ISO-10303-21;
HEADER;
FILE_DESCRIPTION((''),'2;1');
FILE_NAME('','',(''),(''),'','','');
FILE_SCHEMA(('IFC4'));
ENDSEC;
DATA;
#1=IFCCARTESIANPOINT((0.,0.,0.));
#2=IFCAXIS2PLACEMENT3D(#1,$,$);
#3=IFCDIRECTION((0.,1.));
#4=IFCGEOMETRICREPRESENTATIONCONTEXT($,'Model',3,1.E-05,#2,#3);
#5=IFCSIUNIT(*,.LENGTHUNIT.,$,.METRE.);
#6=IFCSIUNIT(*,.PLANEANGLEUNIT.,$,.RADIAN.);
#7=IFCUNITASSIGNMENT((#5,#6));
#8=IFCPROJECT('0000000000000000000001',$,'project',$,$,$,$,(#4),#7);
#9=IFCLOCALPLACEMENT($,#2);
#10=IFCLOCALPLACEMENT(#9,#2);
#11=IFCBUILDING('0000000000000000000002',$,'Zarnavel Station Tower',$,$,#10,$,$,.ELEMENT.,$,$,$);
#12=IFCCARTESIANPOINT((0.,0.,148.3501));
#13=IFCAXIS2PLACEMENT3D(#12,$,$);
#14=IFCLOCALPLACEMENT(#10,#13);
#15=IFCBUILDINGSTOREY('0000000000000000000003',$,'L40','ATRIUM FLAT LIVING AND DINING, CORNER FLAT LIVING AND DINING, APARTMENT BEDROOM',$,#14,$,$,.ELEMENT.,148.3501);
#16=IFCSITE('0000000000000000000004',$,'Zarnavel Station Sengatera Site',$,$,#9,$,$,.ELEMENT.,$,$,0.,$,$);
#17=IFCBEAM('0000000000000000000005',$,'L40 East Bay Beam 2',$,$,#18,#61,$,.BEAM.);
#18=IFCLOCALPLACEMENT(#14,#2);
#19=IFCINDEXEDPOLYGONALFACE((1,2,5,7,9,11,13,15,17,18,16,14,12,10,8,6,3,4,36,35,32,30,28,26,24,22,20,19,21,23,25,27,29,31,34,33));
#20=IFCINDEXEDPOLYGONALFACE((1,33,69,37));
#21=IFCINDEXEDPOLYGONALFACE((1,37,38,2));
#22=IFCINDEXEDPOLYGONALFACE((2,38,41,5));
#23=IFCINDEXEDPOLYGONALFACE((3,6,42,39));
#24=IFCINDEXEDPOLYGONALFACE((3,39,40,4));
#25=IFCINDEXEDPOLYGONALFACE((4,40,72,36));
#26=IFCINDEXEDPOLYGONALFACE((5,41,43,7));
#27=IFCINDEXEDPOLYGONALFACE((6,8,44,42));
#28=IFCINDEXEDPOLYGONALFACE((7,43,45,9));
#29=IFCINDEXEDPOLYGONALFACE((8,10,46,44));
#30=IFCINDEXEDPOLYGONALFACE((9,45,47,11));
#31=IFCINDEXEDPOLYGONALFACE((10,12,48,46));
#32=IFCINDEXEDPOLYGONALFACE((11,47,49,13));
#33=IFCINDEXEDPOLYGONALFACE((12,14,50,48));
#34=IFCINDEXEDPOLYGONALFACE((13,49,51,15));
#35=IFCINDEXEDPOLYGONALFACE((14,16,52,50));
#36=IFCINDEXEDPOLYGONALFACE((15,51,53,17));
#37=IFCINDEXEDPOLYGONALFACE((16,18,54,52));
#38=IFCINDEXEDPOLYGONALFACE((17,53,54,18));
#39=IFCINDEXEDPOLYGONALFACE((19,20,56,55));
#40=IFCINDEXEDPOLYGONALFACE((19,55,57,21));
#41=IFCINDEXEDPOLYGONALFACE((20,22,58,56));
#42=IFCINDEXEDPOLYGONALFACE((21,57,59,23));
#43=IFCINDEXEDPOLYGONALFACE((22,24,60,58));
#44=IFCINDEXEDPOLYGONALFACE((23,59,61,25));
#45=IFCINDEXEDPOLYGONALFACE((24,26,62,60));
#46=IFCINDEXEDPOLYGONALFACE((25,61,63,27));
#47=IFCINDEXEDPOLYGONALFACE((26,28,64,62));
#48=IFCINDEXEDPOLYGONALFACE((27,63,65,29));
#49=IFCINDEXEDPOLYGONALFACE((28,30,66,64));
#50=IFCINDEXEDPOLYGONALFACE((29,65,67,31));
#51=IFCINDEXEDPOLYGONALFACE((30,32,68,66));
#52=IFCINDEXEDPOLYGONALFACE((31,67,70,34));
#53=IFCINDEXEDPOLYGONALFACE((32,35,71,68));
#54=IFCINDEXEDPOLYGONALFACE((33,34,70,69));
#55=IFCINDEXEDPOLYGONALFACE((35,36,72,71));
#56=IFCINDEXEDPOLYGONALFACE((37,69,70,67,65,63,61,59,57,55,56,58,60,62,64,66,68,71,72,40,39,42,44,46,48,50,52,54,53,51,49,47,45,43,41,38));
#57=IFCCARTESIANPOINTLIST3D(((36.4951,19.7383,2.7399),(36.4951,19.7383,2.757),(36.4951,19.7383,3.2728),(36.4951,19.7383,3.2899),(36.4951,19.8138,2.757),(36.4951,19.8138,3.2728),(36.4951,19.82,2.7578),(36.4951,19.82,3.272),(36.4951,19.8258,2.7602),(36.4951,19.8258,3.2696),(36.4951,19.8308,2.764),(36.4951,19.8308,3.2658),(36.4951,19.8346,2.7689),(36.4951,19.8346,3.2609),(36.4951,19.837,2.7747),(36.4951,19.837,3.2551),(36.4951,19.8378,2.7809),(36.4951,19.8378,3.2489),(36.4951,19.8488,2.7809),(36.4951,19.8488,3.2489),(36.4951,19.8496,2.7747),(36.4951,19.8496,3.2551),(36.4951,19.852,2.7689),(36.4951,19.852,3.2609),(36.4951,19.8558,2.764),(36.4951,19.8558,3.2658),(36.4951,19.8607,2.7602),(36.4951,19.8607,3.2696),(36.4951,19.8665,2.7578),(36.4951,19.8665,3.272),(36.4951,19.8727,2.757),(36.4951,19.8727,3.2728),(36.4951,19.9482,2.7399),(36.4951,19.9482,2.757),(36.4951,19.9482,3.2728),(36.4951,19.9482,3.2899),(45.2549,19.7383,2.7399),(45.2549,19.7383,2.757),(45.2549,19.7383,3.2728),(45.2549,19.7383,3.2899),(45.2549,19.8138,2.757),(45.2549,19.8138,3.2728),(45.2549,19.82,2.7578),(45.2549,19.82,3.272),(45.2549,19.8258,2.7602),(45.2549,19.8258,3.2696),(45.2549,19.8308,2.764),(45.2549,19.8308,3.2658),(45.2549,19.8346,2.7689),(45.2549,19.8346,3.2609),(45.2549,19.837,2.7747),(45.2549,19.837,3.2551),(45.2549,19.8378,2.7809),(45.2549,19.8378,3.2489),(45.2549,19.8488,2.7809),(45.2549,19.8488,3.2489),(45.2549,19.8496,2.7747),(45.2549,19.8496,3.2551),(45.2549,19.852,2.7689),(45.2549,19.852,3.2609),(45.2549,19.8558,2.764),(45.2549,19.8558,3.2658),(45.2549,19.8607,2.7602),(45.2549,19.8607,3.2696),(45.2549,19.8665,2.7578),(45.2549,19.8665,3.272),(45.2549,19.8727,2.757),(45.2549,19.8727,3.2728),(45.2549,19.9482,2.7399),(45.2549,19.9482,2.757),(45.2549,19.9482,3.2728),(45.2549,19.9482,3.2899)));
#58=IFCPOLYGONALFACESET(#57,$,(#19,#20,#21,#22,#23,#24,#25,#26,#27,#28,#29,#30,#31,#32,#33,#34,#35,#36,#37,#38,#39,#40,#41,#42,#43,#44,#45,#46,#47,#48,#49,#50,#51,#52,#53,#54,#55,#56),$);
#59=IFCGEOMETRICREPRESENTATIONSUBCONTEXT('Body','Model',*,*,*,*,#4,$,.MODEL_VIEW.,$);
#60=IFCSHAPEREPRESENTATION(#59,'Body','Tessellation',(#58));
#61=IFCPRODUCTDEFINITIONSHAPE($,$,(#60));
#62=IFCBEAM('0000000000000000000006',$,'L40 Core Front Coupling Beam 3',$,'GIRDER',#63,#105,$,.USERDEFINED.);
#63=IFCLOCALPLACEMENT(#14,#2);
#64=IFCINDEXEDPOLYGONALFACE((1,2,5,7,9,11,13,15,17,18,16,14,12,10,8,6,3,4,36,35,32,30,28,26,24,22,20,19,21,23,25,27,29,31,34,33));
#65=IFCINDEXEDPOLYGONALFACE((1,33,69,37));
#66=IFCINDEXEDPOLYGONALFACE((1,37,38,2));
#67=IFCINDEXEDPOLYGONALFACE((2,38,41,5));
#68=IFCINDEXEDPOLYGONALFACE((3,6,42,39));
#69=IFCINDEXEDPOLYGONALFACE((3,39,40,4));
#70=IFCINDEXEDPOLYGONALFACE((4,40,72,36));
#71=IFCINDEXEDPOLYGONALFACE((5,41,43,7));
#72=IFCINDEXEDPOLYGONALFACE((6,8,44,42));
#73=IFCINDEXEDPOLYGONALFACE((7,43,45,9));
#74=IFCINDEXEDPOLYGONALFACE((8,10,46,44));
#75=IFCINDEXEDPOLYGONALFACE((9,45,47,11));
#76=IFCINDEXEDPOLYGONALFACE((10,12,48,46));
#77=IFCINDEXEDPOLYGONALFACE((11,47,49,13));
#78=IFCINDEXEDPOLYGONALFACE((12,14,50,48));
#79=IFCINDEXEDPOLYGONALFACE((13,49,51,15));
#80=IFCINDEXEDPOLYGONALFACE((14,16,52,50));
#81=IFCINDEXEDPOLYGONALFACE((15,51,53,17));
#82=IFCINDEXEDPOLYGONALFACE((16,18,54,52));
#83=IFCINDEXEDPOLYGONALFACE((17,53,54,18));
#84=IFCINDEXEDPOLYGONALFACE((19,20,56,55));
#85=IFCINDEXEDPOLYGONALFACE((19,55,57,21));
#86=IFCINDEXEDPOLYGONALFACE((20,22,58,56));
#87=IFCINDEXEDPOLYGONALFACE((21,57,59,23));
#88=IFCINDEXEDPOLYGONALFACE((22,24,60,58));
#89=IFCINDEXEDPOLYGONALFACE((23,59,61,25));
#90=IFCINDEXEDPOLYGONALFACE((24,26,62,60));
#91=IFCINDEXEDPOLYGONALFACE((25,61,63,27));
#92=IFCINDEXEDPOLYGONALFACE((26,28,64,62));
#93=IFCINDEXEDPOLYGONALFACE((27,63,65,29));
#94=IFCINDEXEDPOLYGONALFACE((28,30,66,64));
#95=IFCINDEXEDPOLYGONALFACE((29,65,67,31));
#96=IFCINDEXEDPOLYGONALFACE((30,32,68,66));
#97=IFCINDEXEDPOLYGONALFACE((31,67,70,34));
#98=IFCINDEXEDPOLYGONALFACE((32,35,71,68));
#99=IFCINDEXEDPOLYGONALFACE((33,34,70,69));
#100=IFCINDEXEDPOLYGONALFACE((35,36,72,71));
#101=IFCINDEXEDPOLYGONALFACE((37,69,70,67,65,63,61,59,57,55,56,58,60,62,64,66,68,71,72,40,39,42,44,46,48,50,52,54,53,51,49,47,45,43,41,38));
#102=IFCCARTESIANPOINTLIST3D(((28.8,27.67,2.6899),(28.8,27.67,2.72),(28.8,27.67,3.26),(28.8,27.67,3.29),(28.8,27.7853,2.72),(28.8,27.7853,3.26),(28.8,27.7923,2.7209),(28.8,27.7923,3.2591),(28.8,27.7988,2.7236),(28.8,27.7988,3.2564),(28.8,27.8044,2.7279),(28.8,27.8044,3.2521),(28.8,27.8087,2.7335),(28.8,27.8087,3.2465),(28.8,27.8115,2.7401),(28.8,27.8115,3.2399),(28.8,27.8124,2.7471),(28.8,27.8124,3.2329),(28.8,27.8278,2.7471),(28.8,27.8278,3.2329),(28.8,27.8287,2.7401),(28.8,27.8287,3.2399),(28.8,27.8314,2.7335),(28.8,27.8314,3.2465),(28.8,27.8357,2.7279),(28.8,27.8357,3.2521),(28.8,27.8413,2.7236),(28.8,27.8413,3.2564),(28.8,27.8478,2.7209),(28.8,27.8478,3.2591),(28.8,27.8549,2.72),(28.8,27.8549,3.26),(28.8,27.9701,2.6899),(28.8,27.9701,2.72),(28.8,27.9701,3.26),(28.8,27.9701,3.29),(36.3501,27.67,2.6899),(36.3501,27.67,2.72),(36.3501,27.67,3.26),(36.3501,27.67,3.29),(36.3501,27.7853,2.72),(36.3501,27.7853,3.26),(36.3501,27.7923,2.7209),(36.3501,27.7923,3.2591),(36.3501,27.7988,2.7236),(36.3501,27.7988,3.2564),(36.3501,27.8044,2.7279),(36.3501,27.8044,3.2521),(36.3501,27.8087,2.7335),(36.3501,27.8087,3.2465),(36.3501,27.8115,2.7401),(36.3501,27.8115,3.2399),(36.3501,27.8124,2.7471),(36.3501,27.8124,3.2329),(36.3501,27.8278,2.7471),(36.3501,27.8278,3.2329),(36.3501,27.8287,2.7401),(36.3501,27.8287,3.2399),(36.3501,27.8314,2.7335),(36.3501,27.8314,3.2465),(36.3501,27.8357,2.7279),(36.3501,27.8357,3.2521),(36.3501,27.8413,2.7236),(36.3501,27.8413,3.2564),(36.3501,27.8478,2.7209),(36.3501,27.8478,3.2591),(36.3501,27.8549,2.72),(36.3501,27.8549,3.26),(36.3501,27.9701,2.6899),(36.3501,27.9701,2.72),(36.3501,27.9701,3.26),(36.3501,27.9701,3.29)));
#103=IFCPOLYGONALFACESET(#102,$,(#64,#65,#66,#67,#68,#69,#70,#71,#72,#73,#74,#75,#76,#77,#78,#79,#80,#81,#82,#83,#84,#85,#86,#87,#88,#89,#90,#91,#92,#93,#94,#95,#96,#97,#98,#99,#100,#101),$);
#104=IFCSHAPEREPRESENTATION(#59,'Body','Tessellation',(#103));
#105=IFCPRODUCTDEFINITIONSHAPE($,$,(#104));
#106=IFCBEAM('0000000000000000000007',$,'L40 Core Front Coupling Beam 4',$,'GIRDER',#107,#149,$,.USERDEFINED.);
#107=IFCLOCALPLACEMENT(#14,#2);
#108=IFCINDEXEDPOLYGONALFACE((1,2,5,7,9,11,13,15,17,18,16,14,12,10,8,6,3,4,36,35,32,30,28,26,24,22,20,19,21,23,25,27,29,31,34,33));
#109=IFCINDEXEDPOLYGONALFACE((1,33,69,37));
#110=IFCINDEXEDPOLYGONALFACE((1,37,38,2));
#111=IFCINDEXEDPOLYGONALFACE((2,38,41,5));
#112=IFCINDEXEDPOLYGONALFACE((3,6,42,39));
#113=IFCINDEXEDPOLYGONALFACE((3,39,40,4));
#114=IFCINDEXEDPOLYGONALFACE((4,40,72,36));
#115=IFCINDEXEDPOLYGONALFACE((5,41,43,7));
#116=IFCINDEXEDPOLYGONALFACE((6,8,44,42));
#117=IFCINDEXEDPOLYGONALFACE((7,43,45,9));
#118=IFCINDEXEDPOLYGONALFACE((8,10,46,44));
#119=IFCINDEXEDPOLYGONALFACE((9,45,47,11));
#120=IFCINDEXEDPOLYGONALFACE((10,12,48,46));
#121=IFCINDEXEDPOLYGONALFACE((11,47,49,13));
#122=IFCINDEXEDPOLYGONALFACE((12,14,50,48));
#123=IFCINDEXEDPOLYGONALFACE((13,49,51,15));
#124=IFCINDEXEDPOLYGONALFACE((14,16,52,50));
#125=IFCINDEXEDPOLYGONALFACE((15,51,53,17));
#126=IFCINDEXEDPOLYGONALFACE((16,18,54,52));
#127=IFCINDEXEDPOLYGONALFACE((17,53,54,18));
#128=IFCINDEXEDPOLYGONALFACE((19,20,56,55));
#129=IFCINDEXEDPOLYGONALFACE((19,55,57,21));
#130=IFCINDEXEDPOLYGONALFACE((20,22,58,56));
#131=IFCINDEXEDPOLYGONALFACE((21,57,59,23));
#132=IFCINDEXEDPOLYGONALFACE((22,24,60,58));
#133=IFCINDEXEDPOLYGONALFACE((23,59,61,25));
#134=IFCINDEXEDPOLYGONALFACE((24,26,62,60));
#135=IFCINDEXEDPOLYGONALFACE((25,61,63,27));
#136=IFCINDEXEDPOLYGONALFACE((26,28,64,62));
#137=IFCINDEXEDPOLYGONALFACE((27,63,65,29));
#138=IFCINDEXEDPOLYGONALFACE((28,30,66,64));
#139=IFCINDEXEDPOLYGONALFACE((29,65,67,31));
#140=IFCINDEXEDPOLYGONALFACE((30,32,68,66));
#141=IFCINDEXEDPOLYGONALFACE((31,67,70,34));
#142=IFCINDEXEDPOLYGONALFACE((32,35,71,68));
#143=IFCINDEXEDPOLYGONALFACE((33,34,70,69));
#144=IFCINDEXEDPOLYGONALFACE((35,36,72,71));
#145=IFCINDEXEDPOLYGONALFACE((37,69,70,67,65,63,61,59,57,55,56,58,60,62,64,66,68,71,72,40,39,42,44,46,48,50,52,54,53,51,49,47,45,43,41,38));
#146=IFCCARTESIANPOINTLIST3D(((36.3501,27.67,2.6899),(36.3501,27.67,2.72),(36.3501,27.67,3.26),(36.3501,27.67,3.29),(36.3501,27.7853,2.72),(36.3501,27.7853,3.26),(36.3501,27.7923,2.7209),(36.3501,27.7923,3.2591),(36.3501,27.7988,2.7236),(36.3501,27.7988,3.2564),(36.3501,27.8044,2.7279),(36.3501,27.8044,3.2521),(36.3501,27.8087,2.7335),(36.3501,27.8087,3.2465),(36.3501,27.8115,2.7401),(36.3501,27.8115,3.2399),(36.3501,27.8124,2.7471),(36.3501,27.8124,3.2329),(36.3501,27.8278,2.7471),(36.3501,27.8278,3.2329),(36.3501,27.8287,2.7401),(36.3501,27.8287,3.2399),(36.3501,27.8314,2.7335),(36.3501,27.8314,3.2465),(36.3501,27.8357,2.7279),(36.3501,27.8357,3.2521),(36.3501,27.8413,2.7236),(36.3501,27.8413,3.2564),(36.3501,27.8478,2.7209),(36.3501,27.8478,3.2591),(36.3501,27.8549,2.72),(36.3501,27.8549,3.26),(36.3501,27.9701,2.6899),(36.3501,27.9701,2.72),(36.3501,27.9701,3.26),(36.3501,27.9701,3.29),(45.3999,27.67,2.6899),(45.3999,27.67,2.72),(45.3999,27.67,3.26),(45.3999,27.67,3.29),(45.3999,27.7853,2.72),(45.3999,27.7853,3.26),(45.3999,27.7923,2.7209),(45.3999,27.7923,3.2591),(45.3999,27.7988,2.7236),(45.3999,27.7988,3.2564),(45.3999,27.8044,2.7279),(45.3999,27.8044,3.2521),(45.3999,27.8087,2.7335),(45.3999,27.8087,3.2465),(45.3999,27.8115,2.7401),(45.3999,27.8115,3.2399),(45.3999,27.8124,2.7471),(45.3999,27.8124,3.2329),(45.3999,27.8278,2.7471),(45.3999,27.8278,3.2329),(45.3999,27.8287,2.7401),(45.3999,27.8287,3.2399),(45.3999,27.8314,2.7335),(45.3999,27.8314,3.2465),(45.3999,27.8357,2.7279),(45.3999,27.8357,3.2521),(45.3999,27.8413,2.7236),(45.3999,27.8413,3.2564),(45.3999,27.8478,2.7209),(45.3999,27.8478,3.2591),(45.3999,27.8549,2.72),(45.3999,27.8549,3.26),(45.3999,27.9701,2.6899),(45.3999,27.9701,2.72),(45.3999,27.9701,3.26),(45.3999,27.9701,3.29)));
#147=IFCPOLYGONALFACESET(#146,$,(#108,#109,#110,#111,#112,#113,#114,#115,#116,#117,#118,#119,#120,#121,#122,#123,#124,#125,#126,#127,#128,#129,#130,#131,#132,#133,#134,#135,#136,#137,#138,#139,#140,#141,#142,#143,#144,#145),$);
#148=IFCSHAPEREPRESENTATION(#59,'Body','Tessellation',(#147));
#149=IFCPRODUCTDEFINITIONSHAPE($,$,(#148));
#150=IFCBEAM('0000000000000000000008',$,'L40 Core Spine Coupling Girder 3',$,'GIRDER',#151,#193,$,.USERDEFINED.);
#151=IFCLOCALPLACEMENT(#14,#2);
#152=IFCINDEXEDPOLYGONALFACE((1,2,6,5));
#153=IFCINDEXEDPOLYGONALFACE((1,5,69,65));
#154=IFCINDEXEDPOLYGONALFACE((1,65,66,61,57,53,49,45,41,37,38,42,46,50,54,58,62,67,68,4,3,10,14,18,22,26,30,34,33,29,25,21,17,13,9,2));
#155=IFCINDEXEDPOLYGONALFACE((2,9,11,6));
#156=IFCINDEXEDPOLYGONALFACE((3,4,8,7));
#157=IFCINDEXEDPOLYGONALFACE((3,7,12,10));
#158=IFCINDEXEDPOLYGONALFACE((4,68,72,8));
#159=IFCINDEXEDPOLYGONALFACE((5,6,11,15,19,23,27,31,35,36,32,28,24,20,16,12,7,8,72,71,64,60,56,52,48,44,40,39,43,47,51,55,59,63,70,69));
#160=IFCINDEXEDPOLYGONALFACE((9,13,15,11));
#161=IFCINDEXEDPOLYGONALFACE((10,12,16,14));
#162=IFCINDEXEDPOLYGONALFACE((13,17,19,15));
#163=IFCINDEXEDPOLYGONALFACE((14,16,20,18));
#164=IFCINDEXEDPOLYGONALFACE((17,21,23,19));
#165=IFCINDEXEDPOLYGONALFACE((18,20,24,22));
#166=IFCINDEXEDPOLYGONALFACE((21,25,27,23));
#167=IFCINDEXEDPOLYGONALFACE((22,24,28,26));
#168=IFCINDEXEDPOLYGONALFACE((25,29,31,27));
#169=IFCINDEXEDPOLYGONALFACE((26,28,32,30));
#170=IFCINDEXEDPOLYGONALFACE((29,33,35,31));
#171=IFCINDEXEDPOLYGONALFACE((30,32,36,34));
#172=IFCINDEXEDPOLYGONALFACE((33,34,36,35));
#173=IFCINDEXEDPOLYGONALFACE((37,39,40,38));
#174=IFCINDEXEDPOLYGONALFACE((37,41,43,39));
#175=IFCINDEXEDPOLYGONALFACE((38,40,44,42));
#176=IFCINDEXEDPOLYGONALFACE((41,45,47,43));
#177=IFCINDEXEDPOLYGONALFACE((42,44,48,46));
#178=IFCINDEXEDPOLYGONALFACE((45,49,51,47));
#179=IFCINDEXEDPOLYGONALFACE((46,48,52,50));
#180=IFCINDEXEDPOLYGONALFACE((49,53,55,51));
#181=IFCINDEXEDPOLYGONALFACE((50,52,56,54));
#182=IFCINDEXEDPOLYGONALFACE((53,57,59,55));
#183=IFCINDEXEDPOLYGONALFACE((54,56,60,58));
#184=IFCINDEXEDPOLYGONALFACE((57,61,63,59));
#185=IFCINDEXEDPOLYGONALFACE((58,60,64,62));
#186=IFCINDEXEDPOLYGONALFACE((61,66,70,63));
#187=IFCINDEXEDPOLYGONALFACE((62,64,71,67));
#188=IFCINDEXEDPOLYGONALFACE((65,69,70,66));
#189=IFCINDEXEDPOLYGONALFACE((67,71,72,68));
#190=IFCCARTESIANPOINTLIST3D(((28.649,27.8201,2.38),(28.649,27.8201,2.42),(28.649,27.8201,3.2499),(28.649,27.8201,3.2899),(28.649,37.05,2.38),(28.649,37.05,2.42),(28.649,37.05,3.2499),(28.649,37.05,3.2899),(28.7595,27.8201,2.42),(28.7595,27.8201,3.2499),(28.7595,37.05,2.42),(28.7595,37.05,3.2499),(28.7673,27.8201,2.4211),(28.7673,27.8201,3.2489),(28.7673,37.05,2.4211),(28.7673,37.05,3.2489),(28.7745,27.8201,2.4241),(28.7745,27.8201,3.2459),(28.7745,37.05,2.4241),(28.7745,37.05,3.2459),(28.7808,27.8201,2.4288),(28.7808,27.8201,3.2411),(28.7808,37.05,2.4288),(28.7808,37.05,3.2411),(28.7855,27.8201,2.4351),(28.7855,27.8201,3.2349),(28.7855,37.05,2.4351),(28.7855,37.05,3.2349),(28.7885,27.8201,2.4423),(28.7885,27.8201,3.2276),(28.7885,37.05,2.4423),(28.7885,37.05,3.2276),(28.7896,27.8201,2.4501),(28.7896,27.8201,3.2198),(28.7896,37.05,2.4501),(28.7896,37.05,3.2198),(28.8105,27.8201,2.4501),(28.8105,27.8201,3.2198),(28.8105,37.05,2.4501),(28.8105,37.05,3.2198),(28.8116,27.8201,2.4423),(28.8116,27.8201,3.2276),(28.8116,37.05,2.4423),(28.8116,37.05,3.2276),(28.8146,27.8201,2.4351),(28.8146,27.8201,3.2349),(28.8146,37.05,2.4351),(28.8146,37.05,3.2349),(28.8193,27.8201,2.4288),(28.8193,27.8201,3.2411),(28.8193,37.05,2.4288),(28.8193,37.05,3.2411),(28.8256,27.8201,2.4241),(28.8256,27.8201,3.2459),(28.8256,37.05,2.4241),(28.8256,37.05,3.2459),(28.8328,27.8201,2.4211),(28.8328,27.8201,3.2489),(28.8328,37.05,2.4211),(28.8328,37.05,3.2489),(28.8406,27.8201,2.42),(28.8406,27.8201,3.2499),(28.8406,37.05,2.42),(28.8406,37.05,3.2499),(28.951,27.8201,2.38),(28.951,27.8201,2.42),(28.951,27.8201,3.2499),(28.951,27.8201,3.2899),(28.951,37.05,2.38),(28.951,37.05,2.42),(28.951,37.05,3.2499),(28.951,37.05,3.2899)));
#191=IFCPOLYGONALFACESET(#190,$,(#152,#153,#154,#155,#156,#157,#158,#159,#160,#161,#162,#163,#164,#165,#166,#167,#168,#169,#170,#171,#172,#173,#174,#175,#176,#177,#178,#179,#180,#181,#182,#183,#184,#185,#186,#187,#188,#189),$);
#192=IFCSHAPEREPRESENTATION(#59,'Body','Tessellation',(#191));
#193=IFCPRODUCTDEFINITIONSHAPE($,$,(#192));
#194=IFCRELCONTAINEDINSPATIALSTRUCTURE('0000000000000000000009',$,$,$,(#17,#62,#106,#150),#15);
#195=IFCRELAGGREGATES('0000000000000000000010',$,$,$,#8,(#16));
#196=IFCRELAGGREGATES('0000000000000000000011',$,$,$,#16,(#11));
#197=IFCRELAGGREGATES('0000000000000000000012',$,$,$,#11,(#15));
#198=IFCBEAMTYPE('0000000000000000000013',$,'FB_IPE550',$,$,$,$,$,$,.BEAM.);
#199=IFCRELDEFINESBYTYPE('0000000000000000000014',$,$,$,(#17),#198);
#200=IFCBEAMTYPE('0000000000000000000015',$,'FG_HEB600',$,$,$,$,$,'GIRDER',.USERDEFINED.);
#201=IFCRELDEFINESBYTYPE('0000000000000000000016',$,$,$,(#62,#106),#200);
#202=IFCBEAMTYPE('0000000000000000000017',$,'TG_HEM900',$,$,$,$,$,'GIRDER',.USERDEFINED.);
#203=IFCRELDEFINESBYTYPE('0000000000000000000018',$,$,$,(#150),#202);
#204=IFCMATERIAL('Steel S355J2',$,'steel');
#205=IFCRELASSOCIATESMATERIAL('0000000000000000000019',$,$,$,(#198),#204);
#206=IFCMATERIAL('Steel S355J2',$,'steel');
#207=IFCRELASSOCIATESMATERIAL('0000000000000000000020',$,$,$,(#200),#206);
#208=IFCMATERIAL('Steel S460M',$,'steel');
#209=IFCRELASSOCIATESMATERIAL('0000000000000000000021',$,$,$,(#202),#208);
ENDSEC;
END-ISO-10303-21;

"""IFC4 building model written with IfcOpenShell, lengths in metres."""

from ifc_helpers import new_model, si_unit, direction, frame, origin, origin_2d, place, context, subcontext, project, spatial, i_section, extrude, material, material_profile, profile_set, type_object, element, save


model = new_model("IFC4")

# Units and contexts
model_context = context("Model", 3, precision=1e-05, world=origin(), true_north=direction((0.0, 1.0)))
body_context = subcontext(model_context, "Body", "Model", "MODEL_VIEW")
ifc_project = project(units=[si_unit("LENGTHUNIT", "METRE"), si_unit("PLANEANGLEUNIT", "RADIAN")], contexts=[model_context])

# Site, building, storey
site_placement = place(None, origin())
site = spatial("IfcSite", under=ifc_project, at=site_placement, Name="Zarnavel Station Sengatera Site", CompositionType="ELEMENT", RefElevation=0.0)
building_placement = place(site_placement, origin())
building = spatial("IfcBuilding", under=site, at=building_placement, Name="Zarnavel Station Tower", CompositionType="ELEMENT")
storey_placement = place(building_placement, frame((0.0, 0.0, 148.3501)))
storey = spatial("IfcBuildingStorey", under=building, at=storey_placement, Name="L40", Description="ATRIUM FLAT LIVING AND DINING, CORNER FLAT LIVING AND DINING, APARTMENT BEDROOM", CompositionType="ELEMENT", Elevation=148.3501)

# Beams
ifc_material_1 = material(Name="Steel S355J2", Category="steel")
ifc_material_profile_1 = material_profile(ifc_material_1, i_section(OverallWidth=0.21, OverallDepth=0.55, WebThickness=0.011, FlangeThickness=0.0171, FilletRadius=0.0239, at=origin_2d()), Name="IPE550")
ifc_profile_set_1 = profile_set([ifc_material_profile_1], Name="Steel S355J2")
beam_type_1 = type_object("IfcBeamType", Name="FB_IPE550", PredefinedType="BEAM", material=ifc_profile_set_1)
beam_1_placement = place(storey_placement, frame((36.4951, 19.8433, 3.0149), z_axis=(1.0, 0.0, 0.0), x_axis=(0.0, 1.0, 0.0)))
element("IfcBeam", 1, at=beam_1_placement, inside=storey, type_object=beam_type_1, Name="L40 East Bay Beam 2", PredefinedType="BEAM", context=body_context, shape_type="SweptSolid", body=[
    extrude(i_section(OverallWidth=0.21, OverallDepth=0.55, WebThickness=0.011, FlangeThickness=0.0171, FilletRadius=0.0239, at=origin_2d()), origin(), (0.0, 0.0, 1.0), 8.7598),
])
ifc_material_2 = material(Name="Steel S355J2", Category="steel")
ifc_material_profile_2 = material_profile(ifc_material_2, i_section(OverallWidth=0.3, OverallDepth=0.6001, WebThickness=0.0154, FlangeThickness=0.03, FilletRadius=0.0271, at=origin_2d()), Name="HEB600")
ifc_profile_set_2 = profile_set([ifc_material_profile_2], Name="Steel S355J2")
beam_type_2 = type_object("IfcBeamType", Name="FG_HEB600", ElementType="GIRDER", PredefinedType="USERDEFINED", material=ifc_profile_set_2)
beam_2_placement = place(storey_placement, frame((28.8, 27.8201, 2.99), z_axis=(1.0, 0.0, 0.0), x_axis=(0.0, 1.0, 0.0)))
element("IfcBeam", 2, at=beam_2_placement, inside=storey, type_object=beam_type_2, Name="L40 Core Front Coupling Beam 3", ObjectType="GIRDER", PredefinedType="USERDEFINED", context=body_context, shape_type="SweptSolid", body=[
    extrude(i_section(OverallWidth=0.3, OverallDepth=0.6001, WebThickness=0.0154, FlangeThickness=0.03, FilletRadius=0.0271, at=origin_2d()), origin(), (0.0, 0.0, 1.0), 7.55),
])
beam_3_placement = place(storey_placement, frame((36.3501, 27.8201, 2.99), z_axis=(1.0, 0.0, 0.0), x_axis=(0.0, 1.0, 0.0)))
element("IfcBeam", 3, at=beam_3_placement, inside=storey, type_object=beam_type_2, Name="L40 Core Front Coupling Beam 4", ObjectType="GIRDER", PredefinedType="USERDEFINED", context=body_context, shape_type="SweptSolid", body=[
    extrude(i_section(OverallWidth=0.3, OverallDepth=0.6001, WebThickness=0.0154, FlangeThickness=0.03, FilletRadius=0.0271, at=origin_2d()), origin(), (0.0, 0.0, 1.0), 9.0498),
])
ifc_material_3 = material(Name="Steel S460M", Category="steel")
ifc_material_profile_3 = material_profile(ifc_material_3, i_section(OverallWidth=0.302, OverallDepth=0.9099, WebThickness=0.021, FlangeThickness=0.04, FilletRadius=0.03, at=origin_2d()), Name="HEM900")
ifc_profile_set_3 = profile_set([ifc_material_profile_3], Name="Steel S460M")
beam_type_3 = type_object("IfcBeamType", Name="TG_HEM900", ElementType="GIRDER", PredefinedType="USERDEFINED", material=ifc_profile_set_3)
for number, where, z_axis, x_axis, name in (
    (4, (28.8, 27.8201, 2.835), (0.0, 1.0, 0.0), (-1.0, 0.0, 0.0), "L40 Core Spine Coupling Girder 3"),
):
    element("IfcBeam", number, at=place(storey_placement, frame(where, z_axis=z_axis, x_axis=x_axis)), inside=storey, type_object=beam_type_3, Name=name, ObjectType="GIRDER", PredefinedType="USERDEFINED", context=body_context, shape_type="SweptSolid", body=[
        extrude(i_section(OverallWidth=0.302, OverallDepth=0.9099, WebThickness=0.021, FlangeThickness=0.04, FilletRadius=0.03, at=origin_2d()), origin(), (0.0, 0.0, 1.0), 9.23),
    ])

save(model, "model.ifc")
